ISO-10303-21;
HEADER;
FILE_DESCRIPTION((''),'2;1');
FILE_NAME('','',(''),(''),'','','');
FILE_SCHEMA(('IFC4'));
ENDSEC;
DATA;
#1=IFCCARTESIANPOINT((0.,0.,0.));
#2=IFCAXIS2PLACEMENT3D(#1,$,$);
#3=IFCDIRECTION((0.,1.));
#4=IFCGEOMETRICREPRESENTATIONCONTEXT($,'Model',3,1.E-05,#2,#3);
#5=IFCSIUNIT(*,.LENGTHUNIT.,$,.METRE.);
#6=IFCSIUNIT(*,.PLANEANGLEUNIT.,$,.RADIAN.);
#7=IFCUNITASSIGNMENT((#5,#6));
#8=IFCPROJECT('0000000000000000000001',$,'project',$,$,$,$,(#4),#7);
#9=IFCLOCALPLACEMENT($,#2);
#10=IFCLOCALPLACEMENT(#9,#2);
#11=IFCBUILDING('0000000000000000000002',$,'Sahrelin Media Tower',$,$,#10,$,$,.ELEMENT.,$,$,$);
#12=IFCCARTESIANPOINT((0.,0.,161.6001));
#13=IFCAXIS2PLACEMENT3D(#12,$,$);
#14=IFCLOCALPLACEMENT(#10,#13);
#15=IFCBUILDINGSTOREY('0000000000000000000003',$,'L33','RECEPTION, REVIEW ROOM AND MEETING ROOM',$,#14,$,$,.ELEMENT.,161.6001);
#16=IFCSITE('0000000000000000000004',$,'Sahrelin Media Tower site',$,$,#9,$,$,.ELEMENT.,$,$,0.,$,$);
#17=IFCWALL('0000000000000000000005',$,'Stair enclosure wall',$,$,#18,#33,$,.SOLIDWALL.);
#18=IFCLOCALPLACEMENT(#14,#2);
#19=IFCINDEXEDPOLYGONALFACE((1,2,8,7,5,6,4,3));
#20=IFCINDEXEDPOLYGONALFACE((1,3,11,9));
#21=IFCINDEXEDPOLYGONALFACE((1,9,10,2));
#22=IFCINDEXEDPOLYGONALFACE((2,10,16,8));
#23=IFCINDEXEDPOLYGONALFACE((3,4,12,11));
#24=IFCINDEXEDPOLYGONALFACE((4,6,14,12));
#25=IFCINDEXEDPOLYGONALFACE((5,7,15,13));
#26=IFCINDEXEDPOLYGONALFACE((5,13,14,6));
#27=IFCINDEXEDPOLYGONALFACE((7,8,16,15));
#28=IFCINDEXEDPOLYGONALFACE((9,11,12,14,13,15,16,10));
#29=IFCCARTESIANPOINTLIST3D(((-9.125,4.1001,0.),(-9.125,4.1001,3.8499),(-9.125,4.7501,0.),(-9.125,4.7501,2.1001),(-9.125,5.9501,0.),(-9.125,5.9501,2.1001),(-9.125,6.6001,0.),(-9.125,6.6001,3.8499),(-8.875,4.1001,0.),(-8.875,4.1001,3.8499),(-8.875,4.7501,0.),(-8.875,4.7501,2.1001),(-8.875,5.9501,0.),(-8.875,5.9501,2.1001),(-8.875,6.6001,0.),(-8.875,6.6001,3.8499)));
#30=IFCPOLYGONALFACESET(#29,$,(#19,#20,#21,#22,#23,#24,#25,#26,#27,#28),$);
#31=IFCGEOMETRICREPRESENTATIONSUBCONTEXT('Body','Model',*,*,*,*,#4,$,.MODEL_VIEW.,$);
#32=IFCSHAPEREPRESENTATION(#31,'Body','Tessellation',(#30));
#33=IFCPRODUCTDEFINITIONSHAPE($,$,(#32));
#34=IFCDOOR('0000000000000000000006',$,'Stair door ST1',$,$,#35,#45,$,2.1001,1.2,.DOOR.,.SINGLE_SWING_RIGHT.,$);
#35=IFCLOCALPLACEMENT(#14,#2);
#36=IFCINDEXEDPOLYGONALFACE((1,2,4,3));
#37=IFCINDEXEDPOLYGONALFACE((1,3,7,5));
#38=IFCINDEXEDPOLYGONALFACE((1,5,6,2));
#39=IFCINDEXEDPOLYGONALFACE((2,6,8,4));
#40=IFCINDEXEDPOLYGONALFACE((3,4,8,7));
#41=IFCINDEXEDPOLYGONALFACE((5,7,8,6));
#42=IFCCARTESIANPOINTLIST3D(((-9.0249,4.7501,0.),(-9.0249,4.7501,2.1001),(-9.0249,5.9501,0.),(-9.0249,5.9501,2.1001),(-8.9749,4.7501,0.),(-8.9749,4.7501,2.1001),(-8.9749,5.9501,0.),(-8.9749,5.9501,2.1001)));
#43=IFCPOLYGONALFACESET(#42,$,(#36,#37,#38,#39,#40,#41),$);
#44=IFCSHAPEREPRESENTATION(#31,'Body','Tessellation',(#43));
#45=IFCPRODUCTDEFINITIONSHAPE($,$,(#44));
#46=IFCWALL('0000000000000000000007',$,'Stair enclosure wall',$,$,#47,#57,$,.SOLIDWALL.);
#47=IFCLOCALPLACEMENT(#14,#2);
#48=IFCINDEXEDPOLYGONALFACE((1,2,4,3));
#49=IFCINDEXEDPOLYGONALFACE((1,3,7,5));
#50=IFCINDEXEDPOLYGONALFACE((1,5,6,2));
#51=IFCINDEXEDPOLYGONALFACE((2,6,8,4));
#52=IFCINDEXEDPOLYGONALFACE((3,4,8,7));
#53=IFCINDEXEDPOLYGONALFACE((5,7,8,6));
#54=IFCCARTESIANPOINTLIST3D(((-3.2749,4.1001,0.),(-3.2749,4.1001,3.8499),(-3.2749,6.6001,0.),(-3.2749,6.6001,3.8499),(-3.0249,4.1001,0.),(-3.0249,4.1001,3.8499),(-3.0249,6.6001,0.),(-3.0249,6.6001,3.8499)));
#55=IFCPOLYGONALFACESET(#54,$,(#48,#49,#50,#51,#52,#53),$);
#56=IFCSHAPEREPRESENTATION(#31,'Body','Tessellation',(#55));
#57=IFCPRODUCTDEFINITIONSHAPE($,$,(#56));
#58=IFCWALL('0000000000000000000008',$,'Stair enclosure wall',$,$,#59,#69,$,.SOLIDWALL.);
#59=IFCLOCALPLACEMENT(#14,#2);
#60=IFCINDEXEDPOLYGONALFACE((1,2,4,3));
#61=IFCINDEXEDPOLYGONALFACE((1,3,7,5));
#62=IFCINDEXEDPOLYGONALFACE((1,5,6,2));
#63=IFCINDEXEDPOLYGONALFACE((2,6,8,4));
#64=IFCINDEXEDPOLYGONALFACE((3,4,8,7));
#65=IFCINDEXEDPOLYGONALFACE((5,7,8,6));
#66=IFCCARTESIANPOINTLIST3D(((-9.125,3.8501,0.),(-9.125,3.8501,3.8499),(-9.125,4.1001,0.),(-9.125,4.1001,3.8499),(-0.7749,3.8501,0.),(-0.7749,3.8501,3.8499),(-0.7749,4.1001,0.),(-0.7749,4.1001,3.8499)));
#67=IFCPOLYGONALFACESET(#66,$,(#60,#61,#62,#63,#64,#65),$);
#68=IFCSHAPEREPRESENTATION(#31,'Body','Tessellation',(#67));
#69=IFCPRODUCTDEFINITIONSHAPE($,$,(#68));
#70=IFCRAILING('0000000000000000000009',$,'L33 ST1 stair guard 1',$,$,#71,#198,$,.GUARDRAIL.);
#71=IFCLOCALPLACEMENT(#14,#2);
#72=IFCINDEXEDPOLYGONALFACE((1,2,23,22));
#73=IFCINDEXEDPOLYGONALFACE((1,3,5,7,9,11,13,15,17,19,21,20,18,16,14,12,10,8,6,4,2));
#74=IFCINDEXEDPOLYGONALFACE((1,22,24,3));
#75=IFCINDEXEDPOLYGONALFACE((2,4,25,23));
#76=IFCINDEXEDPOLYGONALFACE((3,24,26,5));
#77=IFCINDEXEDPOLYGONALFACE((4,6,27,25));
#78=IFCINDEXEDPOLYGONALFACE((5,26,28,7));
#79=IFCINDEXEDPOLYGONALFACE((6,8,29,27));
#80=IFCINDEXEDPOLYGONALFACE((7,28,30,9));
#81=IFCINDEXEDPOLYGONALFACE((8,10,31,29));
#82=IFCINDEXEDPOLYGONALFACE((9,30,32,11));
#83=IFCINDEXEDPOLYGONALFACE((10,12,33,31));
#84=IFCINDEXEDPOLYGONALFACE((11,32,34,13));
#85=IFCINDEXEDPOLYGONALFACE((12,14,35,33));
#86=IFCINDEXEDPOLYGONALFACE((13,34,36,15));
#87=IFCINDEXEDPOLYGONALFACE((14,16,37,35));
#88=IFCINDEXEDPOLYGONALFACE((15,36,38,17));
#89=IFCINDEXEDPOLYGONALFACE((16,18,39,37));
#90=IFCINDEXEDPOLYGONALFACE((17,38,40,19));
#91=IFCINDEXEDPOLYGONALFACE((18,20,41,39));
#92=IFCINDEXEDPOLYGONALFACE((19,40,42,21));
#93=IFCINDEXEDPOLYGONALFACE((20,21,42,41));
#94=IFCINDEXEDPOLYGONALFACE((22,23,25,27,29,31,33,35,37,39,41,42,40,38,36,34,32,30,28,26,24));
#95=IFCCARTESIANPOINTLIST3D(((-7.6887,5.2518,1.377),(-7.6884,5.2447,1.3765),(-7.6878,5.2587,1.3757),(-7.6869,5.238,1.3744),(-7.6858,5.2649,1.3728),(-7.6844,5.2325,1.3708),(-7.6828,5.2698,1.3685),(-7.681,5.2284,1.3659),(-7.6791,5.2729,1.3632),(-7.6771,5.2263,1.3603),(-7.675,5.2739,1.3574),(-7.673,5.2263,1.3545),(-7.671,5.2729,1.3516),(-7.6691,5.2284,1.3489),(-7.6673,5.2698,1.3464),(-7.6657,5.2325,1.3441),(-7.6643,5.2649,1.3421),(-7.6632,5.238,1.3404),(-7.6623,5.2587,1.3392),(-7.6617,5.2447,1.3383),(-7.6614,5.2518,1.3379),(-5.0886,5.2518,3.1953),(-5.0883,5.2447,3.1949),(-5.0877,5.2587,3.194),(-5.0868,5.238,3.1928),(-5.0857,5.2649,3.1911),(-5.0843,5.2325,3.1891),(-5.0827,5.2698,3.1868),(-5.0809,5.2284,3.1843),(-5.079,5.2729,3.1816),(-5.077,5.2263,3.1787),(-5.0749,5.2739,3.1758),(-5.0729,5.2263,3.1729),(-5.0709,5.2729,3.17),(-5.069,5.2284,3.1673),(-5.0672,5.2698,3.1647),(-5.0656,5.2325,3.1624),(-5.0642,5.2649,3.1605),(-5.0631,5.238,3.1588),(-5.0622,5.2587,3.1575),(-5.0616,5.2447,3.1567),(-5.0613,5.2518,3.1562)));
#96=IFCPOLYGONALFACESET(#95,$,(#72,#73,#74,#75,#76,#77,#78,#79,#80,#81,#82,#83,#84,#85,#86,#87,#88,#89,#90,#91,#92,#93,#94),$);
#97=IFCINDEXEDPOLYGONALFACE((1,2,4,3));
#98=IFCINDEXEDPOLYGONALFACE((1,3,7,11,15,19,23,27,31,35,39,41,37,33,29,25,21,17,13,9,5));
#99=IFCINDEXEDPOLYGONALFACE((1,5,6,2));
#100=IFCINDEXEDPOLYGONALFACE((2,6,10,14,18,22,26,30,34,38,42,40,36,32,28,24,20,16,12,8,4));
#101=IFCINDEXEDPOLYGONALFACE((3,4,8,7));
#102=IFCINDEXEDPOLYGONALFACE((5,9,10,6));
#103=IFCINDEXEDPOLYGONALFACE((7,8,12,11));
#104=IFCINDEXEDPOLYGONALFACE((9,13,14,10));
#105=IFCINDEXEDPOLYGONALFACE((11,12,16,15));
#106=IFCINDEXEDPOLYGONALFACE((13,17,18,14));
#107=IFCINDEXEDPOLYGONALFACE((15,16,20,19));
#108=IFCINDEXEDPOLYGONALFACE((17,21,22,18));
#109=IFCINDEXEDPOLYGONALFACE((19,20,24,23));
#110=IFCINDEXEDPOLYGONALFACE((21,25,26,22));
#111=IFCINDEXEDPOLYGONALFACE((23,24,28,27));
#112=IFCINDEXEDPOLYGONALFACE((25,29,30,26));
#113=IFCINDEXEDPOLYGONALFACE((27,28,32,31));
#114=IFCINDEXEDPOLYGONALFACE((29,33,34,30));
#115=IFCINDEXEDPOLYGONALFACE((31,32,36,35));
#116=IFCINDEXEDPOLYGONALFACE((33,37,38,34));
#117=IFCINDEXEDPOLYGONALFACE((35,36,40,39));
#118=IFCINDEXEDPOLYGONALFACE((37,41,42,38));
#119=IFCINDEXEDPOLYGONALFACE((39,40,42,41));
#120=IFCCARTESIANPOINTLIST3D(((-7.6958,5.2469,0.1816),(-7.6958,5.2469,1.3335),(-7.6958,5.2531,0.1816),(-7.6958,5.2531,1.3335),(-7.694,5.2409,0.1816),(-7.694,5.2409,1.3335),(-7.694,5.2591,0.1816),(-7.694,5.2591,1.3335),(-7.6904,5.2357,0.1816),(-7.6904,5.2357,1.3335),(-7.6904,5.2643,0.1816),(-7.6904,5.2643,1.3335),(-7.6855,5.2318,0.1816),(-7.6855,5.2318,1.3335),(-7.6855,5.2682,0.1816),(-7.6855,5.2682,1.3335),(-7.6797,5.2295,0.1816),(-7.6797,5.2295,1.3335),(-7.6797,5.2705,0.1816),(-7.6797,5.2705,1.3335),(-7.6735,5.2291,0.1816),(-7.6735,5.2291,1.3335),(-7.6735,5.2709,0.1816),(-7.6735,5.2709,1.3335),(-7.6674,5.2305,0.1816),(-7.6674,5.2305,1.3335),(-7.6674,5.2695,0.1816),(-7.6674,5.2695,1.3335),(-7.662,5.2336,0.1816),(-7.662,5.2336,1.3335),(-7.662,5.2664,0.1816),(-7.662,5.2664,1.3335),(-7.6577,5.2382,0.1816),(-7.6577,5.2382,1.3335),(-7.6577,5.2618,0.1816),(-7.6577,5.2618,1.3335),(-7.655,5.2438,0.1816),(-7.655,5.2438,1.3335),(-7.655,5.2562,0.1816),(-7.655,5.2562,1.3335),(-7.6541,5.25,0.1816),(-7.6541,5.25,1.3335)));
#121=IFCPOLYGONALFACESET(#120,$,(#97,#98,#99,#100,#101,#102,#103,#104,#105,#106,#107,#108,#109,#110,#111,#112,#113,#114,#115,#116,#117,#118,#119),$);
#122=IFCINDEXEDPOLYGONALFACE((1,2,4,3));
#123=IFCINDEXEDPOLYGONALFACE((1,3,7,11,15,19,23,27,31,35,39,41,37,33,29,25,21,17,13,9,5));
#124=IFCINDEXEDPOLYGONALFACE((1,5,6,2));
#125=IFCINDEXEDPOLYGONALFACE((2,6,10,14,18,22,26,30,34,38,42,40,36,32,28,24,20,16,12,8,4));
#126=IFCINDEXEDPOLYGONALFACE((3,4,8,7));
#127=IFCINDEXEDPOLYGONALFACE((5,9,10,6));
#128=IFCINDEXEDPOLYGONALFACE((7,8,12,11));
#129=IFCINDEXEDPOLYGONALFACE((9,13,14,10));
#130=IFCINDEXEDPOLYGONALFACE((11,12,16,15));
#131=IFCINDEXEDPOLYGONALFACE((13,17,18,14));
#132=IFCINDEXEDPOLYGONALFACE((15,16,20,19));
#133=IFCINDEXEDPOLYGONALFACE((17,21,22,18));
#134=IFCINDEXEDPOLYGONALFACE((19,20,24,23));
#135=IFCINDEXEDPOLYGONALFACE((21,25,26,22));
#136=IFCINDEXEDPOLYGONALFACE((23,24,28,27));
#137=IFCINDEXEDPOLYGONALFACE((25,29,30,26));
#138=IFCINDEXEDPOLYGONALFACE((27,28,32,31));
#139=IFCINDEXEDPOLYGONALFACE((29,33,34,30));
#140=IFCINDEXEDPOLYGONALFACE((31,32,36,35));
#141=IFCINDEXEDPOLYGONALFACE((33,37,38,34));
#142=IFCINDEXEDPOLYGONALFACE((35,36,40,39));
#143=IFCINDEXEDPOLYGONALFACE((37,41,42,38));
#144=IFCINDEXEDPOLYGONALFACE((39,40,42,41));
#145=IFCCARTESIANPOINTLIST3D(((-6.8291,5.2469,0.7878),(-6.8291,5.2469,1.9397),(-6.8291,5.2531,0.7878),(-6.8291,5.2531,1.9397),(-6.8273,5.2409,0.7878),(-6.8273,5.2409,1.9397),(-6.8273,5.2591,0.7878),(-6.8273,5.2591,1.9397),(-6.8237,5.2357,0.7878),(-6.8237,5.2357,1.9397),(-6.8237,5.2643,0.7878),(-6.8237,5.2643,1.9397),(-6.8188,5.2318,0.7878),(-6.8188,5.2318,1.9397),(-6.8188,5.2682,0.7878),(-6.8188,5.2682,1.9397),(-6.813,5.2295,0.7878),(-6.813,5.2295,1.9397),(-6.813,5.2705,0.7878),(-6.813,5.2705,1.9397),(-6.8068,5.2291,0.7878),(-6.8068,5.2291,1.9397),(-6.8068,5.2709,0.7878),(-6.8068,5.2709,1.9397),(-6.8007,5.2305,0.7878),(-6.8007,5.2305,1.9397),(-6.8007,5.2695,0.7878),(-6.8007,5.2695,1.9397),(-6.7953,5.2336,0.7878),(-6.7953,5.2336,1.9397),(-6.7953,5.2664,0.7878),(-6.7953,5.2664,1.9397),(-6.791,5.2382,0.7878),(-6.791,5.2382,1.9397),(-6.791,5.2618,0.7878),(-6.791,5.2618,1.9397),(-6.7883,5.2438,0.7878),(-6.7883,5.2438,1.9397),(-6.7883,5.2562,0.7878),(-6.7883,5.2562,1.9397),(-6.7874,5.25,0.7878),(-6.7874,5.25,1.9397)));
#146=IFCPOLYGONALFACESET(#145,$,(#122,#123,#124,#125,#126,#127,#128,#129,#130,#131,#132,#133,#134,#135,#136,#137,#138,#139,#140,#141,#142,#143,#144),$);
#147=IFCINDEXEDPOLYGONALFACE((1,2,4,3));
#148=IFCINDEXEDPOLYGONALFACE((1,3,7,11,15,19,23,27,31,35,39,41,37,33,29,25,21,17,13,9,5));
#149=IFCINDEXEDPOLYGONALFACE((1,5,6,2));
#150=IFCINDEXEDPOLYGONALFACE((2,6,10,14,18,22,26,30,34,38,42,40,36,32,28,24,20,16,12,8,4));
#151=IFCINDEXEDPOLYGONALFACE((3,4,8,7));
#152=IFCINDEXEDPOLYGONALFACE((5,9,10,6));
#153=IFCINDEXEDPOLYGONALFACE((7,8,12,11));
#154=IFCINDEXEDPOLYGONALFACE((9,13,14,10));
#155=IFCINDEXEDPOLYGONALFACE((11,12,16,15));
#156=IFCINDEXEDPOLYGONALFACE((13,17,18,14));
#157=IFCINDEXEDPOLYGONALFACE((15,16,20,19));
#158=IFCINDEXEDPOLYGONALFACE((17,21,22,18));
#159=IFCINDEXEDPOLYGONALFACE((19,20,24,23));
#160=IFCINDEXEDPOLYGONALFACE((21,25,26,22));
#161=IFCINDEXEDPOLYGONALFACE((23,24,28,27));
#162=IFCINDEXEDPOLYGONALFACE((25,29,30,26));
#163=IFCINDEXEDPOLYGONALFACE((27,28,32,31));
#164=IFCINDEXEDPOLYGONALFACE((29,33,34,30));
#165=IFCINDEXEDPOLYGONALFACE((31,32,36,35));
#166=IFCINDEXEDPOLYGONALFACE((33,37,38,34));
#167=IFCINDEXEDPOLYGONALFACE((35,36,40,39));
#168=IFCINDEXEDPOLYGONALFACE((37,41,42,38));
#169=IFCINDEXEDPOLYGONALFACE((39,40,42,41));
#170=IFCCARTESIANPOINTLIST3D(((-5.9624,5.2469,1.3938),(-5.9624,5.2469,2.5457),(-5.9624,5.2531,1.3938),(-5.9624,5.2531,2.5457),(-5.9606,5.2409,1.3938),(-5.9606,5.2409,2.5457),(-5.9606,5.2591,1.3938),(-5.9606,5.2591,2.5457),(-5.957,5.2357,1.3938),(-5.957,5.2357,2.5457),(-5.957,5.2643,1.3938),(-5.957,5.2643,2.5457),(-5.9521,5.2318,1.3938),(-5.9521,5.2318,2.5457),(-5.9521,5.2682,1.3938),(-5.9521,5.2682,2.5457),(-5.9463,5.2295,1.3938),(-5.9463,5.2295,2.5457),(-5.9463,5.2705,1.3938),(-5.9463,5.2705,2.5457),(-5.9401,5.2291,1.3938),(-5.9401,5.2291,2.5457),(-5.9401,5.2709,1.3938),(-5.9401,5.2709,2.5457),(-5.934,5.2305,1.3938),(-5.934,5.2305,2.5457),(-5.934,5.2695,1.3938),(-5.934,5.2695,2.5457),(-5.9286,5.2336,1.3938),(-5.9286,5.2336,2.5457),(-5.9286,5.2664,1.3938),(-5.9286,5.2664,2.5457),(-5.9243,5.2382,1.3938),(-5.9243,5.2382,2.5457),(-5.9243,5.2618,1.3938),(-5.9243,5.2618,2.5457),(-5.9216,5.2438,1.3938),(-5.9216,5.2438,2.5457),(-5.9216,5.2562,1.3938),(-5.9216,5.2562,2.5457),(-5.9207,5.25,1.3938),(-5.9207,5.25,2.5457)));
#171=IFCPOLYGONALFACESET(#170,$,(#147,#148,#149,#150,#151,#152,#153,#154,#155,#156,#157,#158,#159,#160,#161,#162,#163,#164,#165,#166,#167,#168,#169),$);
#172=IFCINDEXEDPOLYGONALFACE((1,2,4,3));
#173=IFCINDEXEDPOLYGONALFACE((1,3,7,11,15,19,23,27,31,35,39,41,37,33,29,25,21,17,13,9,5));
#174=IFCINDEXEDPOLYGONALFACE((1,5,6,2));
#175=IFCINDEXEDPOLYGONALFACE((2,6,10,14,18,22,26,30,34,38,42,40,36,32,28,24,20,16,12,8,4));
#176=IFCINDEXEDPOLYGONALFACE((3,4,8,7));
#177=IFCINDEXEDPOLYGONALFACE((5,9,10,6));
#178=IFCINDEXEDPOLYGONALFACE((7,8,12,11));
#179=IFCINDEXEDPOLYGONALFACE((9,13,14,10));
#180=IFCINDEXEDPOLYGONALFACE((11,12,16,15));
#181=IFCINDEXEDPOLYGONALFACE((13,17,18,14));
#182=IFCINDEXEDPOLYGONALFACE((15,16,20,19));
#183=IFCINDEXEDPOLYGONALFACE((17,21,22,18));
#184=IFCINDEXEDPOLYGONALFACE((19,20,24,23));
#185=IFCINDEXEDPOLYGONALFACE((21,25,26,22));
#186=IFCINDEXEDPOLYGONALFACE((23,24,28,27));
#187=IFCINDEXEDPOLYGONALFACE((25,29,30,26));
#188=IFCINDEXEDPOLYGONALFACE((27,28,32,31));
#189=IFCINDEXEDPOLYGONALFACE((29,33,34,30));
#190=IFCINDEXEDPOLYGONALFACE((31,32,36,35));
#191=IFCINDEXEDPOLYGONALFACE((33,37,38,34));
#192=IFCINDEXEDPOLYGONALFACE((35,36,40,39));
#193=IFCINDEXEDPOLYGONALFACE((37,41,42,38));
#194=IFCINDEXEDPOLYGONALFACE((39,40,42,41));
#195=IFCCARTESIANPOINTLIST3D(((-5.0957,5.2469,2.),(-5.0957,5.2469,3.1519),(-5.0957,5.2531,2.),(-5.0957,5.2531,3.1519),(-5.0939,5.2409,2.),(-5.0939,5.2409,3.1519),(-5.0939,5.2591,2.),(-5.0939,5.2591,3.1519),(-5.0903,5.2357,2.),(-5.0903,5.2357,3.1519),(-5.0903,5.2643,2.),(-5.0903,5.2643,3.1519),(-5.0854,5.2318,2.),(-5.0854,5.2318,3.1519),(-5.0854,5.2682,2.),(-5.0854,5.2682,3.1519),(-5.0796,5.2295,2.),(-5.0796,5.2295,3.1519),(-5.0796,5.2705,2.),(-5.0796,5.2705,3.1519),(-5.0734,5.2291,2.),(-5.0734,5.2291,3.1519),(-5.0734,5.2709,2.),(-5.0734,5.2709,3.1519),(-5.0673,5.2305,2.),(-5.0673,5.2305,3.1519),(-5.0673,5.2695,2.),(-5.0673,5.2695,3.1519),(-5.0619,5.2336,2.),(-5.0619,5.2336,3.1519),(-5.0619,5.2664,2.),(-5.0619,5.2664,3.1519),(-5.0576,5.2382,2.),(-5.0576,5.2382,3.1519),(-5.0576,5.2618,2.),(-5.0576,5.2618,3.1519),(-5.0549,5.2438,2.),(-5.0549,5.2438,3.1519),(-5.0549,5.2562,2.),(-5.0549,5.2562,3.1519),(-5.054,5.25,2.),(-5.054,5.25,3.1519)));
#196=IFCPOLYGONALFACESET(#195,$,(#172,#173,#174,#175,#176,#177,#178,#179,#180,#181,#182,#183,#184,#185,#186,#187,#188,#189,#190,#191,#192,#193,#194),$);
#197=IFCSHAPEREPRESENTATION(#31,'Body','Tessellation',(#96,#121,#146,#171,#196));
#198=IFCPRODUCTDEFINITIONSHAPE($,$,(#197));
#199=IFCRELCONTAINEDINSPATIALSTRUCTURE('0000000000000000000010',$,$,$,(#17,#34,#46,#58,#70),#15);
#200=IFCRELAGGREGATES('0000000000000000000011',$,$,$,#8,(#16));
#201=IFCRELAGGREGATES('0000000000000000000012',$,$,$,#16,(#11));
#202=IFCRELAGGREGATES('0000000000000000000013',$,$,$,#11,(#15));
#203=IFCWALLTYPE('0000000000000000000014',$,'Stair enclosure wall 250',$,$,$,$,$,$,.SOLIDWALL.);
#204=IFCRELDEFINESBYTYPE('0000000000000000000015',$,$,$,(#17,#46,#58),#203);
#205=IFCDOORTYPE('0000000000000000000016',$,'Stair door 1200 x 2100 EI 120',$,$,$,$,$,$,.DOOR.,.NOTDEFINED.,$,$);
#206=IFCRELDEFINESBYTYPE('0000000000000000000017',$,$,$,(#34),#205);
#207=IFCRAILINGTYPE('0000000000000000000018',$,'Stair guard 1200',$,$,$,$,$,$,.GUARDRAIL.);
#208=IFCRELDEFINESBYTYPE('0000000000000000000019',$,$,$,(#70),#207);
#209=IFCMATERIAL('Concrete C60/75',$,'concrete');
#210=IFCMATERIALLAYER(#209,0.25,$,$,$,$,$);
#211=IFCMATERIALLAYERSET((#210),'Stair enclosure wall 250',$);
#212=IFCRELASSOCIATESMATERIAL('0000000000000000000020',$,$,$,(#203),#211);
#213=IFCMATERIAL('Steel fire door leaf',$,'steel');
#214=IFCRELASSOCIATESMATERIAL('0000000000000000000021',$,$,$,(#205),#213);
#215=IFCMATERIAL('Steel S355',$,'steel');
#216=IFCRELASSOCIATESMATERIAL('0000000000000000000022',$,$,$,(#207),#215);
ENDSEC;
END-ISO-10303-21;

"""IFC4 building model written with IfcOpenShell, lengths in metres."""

from ifc_helpers import new_model, si_unit, direction, frame, frame_2d, origin, origin_2d, place, context, subcontext, project, spatial, rectangle, circle, extrude, material, layer, layer_set, type_object, element, fill, save


model = new_model("IFC4")

# Units and contexts
model_context = context("Model", 3, precision=1e-05, world=origin(), true_north=direction((0.0, 1.0)))
body_context = subcontext(model_context, "Body", "Model", "MODEL_VIEW")
ifc_project = project(units=[si_unit("LENGTHUNIT", "METRE"), si_unit("PLANEANGLEUNIT", "RADIAN")], contexts=[model_context])

# Site, building, storey
site_placement = place(None, origin())
site = spatial("IfcSite", under=ifc_project, at=site_placement, Name="Sahrelin Media Tower site", CompositionType="ELEMENT", RefElevation=0.0)
building_placement = place(site_placement, origin())
building = spatial("IfcBuilding", under=site, at=building_placement, Name="Sahrelin Media Tower", CompositionType="ELEMENT")
storey_placement = place(building_placement, frame((0.0, 0.0, 161.6001)))
storey = spatial("IfcBuildingStorey", under=building, at=storey_placement, Name="L33", Description="RECEPTION, REVIEW ROOM AND MEETING ROOM", CompositionType="ELEMENT", Elevation=161.6001)

# Shared definitions
ifc_material_1 = material(Name="Steel S355", Category="steel")

# Shared definitions
ifc_material_2 = material(Name="Concrete C60/75", Category="concrete")

# Shared definitions
ifc_material_3 = material(Name="Steel fire door leaf", Category="steel")

# Wall, opening, door
ifc_layer_1 = layer(ifc_material_2, 0.25)
ifc_layer_set_1 = layer_set([ifc_layer_1], Name="Stair enclosure wall 250")
wall_type_1 = type_object("IfcWallType", Name="Stair enclosure wall 250", PredefinedType="SOLIDWALL", material=ifc_layer_set_1)
wall_1_placement = place(storey_placement, frame((-9.0, 4.1001, 0.0), z_axis=(0.0, 0.0, 1.0), x_axis=(0.0, 1.0, 0.0)))
wall_1 = element("IfcWall", 1, at=wall_1_placement, inside=storey, type_object=wall_type_1, Name="Stair enclosure wall", PredefinedType="SOLIDWALL", context=body_context, shape_type="SweptSolid", body=[
    extrude(rectangle(XDim=2.5, YDim=0.25, at=frame_2d((1.25, 0.0))), origin(), (0.0, 0.0, 1.0), 3.8499),
])
opening_1_placement = place(wall_1_placement, frame((0.6499, 0.0, 0.0)))
opening_1 = element("IfcOpeningElement", 2, at=opening_1_placement, cuts=wall_1, PredefinedType="OPENING", context=body_context, shape_type="SweptSolid", body=[
    extrude(rectangle(XDim=1.2, YDim=2.1001, at=frame_2d((0.6001, 1.05))), frame((0.0, 0.125, 0.0), z_axis=(0.0, -1.0, 0.0), x_axis=(1.0, 0.0, 0.0)), (0.0, 0.0, 1.0), 0.25),
])
door_type_1 = type_object("IfcDoorType", Name="Stair door 1200 x 2100 EI 120", OperationType="NOTDEFINED", PredefinedType="DOOR", material=ifc_material_3)
door_1_placement = place(opening_1_placement, origin())
door_1 = element("IfcDoor", 3, at=door_1_placement, inside=storey, type_object=door_type_1, Name="Stair door ST1", OperationType="SINGLE_SWING_RIGHT", OverallHeight=2.1001, OverallWidth=1.2, PredefinedType="DOOR", context=body_context, shape_type="SweptSolid", body=[
    extrude(rectangle(XDim=1.2, YDim=2.1001, at=frame_2d((0.6001, 1.05))), frame((0.0, 0.0249, 0.0), z_axis=(0.0, -1.0, 0.0), x_axis=(1.0, 0.0, 0.0)), (0.0, 0.0, 1.0), 0.05),
])
fill(opening_1, door_1)

# Walls
wall_2_placement = place(storey_placement, frame((-3.1499, 4.1001, 0.0), z_axis=(0.0, 0.0, 1.0), x_axis=(0.0, 1.0, 0.0)))
element("IfcWall", 4, at=wall_2_placement, inside=storey, type_object=wall_type_1, Name="Stair enclosure wall", PredefinedType="SOLIDWALL", context=body_context, shape_type="SweptSolid", body=[
    extrude(rectangle(XDim=2.5, YDim=0.25, at=frame_2d((1.25, 0.0))), origin(), (0.0, 0.0, 1.0), 3.8499),
])
wall_3_placement = place(storey_placement, frame((-9.125, 3.9751, 0.0), z_axis=(0.0, 0.0, 1.0), x_axis=(1.0, 0.0, 0.0)))
element("IfcWall", 5, at=wall_3_placement, inside=storey, type_object=wall_type_1, Name="Stair enclosure wall", PredefinedType="SOLIDWALL", context=body_context, shape_type="SweptSolid", body=[
    extrude(rectangle(XDim=8.3501, YDim=0.25, at=frame_2d((4.175, 0.0))), origin(), (0.0, 0.0, 1.0), 3.8499),
])

# Railing
railing_type_1 = type_object("IfcRailingType", Name="Stair guard 1200", PredefinedType="GUARDRAIL", material=ifc_material_1)
railing_1_placement = place(storey_placement, frame((-7.675, 5.25, 0.1816)))
element("IfcRailing", 6, at=railing_1_placement, inside=storey, type_object=railing_type_1, Name="L33 ST1 stair guard 1", PredefinedType="GUARDRAIL", context=body_context, shape_type="SweptSolid", body=[
    extrude(circle(Radius=0.0239, at=origin_2d()), frame((0.0, 0.0, 1.1758), z_axis=(0.819485, 0.0, 0.573101), x_axis=(0.0, 1.0, 0.0)), (0.0, 0.0, 1.0), 3.1729),
    extrude(circle(Radius=0.021, at=origin_2d()), origin(), (0.0, 0.0, 1.0), 1.1519),
    extrude(circle(Radius=0.021, at=origin_2d()), frame((0.8667, 0.0, 0.6062)), (0.0, 0.0, 1.0), 1.1519),
    extrude(circle(Radius=0.021, at=origin_2d()), frame((1.7334, 0.0, 1.2122)), (0.0, 0.0, 1.0), 1.1519),
    extrude(circle(Radius=0.021, at=origin_2d()), frame((2.6001, 0.0, 1.8184)), (0.0, 0.0, 1.0), 1.1519),
])

save(model, "model.ifc")
